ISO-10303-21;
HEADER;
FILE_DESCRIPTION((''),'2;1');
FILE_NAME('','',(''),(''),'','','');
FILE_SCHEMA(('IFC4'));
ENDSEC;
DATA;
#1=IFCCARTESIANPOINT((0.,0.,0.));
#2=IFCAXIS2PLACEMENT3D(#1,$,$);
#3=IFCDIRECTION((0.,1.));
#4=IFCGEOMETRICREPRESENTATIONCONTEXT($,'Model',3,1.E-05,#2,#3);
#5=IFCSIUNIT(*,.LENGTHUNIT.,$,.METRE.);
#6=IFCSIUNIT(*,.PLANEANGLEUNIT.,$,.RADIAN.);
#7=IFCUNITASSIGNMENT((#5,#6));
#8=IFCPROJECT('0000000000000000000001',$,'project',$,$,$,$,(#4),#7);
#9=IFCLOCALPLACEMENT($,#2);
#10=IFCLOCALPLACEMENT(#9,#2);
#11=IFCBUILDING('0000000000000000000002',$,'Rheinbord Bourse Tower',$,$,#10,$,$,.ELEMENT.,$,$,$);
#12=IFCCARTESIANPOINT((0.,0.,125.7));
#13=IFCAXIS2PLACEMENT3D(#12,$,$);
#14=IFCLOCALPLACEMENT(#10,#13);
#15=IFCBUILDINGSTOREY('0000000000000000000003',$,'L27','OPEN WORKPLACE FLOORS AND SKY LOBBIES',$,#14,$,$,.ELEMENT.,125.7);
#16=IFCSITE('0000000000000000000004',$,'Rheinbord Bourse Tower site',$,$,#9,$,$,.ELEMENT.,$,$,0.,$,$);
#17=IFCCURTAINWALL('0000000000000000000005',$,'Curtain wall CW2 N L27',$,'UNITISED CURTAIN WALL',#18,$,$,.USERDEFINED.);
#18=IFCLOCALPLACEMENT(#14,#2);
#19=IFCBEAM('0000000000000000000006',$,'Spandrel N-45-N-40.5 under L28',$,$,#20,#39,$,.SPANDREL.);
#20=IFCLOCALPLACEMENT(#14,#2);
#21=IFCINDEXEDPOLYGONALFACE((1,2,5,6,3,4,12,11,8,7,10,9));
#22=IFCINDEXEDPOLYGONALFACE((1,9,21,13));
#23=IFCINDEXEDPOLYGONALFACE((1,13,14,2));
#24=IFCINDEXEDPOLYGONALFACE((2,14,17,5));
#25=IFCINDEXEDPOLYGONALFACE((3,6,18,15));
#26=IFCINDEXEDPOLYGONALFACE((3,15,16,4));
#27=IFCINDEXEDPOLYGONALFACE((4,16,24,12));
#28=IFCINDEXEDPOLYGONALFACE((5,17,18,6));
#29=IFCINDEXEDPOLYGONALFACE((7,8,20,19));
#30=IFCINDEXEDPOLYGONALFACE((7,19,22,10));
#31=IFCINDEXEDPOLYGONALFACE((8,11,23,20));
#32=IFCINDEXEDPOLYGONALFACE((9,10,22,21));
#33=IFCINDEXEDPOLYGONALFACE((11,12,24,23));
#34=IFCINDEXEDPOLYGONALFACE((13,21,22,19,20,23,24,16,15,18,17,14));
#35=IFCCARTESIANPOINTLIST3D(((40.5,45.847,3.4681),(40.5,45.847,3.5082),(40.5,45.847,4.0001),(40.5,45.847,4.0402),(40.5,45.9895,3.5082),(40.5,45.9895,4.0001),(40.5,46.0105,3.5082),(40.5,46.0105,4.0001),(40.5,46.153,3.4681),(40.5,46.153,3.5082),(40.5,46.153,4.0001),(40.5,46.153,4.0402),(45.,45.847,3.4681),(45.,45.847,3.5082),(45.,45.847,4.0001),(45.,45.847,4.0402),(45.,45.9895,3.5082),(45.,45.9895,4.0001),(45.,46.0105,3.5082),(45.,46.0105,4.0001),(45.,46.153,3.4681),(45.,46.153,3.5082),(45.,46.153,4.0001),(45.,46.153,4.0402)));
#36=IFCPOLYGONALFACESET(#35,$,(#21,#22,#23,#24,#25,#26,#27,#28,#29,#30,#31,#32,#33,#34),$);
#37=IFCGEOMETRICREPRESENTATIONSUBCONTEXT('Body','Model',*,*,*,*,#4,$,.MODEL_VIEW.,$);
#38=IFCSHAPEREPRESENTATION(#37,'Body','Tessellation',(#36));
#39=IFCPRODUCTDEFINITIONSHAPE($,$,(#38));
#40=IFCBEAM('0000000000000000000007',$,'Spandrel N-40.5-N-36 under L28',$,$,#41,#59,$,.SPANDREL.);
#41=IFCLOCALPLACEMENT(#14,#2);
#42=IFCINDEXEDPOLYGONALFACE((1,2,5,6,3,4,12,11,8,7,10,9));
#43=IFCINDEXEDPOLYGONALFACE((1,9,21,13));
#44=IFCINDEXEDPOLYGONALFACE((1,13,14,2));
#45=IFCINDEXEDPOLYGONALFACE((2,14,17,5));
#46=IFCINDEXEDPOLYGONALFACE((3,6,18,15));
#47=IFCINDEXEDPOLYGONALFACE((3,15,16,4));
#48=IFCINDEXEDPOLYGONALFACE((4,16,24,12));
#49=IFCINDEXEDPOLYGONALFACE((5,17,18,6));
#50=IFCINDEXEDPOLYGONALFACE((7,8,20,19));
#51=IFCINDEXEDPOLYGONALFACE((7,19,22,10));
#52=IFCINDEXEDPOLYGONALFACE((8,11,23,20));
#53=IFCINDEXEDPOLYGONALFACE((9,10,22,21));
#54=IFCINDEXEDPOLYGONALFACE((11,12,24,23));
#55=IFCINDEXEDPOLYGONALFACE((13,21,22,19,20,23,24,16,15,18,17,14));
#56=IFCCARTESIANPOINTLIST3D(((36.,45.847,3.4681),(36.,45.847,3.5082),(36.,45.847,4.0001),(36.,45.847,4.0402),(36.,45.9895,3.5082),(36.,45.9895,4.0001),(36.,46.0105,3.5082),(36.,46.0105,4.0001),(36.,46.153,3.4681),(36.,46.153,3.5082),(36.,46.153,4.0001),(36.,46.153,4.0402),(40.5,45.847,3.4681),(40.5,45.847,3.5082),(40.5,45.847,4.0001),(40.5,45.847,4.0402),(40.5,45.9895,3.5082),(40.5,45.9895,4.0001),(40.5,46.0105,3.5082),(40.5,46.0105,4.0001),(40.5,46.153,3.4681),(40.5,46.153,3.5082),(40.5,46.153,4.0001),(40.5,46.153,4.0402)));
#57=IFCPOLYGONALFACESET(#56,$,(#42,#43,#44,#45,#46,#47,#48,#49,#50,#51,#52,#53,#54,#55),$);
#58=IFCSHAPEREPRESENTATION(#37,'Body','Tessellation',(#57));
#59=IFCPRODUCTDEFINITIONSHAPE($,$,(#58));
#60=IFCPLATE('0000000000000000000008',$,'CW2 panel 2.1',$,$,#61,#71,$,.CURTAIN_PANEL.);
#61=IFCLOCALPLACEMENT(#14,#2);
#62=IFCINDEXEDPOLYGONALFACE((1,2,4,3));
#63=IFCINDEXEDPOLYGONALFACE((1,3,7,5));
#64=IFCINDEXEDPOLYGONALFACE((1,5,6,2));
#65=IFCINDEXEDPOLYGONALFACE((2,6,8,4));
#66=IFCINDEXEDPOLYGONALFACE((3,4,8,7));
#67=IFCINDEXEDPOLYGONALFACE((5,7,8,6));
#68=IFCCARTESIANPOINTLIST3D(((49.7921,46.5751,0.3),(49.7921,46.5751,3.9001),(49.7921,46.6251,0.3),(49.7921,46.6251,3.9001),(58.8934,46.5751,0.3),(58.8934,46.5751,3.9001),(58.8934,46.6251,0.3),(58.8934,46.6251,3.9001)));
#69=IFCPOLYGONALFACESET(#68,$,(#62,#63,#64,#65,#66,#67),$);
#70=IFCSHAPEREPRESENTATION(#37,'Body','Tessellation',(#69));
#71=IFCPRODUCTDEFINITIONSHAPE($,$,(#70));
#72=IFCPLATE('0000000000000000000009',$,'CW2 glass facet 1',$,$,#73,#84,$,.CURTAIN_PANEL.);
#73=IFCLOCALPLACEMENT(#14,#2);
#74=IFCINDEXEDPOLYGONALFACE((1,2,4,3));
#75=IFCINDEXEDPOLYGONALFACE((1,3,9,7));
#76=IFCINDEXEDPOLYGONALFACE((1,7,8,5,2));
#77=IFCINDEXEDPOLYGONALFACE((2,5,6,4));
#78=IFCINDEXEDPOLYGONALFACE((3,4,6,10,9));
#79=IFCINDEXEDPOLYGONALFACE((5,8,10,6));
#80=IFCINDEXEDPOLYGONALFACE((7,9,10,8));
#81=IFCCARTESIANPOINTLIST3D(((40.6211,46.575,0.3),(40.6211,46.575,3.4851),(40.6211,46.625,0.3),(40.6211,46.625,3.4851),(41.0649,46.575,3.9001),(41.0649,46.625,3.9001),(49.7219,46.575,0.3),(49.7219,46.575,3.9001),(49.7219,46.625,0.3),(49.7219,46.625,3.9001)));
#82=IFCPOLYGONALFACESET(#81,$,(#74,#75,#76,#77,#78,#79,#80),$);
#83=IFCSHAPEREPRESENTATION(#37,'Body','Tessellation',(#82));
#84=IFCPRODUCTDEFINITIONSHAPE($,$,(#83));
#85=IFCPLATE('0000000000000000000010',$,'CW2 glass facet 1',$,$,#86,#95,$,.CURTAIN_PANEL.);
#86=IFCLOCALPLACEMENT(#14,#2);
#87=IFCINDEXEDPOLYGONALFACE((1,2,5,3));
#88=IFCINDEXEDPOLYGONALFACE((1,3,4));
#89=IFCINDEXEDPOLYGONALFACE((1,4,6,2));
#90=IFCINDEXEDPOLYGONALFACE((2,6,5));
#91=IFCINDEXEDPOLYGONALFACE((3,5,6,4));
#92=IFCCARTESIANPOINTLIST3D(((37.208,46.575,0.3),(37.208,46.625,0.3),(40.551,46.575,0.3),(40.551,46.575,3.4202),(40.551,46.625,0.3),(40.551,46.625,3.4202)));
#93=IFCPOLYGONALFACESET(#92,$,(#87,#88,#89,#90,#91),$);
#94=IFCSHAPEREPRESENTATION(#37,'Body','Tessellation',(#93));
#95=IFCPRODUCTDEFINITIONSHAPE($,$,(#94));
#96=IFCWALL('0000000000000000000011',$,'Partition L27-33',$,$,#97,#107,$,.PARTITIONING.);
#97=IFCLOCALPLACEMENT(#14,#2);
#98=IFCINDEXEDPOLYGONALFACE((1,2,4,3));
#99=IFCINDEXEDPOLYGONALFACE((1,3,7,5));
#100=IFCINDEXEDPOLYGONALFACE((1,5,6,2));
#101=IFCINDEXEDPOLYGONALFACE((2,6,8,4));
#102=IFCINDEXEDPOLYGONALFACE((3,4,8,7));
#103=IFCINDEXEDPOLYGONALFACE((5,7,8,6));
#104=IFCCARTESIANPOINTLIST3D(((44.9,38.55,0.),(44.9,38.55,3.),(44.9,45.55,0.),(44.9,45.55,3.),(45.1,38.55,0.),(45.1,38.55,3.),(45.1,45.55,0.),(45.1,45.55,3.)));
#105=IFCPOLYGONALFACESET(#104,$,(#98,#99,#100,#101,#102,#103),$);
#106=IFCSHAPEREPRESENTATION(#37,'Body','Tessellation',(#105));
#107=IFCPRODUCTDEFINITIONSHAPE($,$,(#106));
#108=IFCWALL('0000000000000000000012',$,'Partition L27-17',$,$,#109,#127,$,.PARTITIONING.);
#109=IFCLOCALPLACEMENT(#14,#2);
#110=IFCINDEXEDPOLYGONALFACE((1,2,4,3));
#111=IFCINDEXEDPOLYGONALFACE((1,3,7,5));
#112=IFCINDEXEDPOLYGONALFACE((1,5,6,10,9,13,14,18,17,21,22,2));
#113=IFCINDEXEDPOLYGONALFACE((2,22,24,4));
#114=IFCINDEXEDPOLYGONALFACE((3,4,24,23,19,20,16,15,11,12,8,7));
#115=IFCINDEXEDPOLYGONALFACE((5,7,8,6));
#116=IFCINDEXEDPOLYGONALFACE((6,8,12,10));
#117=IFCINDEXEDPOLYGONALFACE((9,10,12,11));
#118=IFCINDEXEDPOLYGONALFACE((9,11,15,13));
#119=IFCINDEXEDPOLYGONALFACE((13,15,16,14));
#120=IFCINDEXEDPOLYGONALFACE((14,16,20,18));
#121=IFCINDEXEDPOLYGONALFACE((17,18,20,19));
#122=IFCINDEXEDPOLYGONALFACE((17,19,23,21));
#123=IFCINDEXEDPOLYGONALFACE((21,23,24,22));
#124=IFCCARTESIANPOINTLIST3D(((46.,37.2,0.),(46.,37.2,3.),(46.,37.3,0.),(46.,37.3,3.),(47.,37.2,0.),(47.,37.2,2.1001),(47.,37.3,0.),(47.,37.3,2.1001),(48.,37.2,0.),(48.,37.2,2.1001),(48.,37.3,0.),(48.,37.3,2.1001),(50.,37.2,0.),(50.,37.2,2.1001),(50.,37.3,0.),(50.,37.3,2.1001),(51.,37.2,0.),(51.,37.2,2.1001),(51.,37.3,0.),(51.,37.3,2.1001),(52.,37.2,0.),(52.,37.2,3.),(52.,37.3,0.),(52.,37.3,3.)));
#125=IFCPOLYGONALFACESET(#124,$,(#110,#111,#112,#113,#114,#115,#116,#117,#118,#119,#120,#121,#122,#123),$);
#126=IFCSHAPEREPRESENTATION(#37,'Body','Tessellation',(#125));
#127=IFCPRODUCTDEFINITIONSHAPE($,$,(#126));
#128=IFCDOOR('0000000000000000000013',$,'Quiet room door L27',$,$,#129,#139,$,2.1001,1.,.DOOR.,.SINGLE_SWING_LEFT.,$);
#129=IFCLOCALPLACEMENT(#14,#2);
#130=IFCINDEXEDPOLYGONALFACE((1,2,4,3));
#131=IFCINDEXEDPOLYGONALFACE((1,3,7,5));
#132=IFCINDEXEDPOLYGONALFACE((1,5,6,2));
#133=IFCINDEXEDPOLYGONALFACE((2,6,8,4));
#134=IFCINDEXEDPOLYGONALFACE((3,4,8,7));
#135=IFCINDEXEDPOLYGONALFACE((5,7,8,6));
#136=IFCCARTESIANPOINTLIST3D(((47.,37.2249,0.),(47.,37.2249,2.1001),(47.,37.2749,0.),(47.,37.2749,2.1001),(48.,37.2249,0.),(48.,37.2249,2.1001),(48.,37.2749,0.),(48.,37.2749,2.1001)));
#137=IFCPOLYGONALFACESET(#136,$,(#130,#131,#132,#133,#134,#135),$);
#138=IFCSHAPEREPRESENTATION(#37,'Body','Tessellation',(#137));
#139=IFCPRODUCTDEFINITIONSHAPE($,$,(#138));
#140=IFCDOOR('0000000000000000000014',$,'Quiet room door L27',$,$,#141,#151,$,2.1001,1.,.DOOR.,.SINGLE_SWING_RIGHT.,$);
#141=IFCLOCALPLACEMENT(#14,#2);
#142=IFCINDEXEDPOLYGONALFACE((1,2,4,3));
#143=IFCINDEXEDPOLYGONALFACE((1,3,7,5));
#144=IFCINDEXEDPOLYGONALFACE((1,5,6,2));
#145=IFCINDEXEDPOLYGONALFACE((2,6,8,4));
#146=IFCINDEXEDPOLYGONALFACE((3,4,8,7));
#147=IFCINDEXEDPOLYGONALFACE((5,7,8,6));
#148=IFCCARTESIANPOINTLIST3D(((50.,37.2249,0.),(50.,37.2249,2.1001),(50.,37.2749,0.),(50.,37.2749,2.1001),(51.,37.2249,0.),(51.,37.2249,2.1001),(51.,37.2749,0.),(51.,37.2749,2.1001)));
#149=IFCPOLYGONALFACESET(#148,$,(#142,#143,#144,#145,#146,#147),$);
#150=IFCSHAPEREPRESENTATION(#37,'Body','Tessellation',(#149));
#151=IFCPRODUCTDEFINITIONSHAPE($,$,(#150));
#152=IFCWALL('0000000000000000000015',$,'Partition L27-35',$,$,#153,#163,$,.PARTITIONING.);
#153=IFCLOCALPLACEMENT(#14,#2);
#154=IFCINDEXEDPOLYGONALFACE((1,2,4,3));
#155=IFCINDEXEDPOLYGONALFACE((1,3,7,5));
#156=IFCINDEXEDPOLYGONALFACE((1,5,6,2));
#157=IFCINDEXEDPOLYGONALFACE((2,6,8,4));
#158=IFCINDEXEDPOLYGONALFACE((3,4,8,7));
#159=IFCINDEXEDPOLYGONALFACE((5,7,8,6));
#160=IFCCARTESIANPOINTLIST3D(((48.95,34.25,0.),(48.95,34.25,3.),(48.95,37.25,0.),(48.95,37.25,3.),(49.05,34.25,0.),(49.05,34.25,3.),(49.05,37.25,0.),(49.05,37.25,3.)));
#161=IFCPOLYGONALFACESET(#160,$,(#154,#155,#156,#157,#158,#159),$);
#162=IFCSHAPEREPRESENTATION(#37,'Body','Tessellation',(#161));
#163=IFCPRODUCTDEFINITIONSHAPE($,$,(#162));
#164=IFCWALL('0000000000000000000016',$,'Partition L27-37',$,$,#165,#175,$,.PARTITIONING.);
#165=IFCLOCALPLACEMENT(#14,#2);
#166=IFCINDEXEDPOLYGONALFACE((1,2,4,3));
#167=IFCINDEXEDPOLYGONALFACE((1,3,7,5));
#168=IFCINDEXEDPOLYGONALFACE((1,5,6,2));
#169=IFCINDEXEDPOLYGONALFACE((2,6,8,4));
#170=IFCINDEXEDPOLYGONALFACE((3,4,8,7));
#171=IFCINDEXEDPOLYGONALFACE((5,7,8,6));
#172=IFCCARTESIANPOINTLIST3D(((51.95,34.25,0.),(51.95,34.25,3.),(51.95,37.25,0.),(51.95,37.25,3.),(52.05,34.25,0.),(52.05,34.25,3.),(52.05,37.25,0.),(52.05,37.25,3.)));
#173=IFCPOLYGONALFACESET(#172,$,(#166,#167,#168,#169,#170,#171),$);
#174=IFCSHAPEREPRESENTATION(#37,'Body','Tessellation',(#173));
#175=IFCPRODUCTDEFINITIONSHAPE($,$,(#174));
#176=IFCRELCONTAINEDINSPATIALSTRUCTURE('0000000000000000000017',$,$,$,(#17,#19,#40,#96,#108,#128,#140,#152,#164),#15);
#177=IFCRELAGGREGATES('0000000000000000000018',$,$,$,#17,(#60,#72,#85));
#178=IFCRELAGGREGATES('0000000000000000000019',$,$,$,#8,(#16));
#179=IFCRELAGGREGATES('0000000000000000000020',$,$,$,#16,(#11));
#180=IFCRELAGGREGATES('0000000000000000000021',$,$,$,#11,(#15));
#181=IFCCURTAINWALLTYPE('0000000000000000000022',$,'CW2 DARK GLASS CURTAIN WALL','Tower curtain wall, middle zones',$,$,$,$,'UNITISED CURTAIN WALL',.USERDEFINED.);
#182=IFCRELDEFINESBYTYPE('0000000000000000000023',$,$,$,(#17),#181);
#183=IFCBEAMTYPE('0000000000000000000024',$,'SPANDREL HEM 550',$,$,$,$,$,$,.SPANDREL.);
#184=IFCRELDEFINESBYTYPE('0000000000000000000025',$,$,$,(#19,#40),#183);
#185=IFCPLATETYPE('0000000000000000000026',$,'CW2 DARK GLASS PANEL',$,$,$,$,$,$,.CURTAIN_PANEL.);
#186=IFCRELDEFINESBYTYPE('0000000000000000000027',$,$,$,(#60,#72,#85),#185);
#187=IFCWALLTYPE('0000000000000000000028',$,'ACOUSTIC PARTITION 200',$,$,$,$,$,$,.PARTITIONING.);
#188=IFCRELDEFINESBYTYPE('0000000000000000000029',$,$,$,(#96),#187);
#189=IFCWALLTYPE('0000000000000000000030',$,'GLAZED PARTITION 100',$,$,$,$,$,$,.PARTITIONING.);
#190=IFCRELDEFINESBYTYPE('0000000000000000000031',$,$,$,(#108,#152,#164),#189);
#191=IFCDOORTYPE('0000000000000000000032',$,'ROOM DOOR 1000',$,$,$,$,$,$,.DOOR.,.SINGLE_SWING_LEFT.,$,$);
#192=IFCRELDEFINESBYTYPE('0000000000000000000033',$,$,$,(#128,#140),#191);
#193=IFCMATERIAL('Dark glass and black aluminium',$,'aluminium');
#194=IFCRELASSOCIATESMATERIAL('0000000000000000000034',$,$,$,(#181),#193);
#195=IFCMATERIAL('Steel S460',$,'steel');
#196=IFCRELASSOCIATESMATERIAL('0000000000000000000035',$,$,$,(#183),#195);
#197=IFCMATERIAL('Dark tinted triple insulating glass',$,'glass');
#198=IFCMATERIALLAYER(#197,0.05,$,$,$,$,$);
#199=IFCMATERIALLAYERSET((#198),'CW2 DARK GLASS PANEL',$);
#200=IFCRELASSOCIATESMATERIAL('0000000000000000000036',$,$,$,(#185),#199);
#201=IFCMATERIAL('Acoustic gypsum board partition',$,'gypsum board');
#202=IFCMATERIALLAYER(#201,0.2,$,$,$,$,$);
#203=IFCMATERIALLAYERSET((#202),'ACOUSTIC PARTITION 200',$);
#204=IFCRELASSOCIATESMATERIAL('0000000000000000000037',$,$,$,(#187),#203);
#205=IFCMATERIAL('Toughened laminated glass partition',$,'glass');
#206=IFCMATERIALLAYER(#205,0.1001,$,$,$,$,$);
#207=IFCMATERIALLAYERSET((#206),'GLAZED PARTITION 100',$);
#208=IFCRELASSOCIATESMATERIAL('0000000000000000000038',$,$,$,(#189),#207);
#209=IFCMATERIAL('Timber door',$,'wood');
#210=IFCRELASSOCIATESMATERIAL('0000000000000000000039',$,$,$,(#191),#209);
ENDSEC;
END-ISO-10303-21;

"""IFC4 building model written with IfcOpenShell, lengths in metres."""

from ifc_helpers import new_model, si_unit, direction, frame, frame_2d, origin, origin_2d, place, context, subcontext, project, spatial, polyline, rectangle, i_section, outline, extrude, material, layer, layer_set, material_profile, profile_set, type_object, element, fill, aggregate, save


model = new_model("IFC4")

# Units and contexts
model_context = context("Model", 3, precision=1e-05, world=origin(), true_north=direction((0.0, 1.0)))
body_context = subcontext(model_context, "Body", "Model", "MODEL_VIEW")
ifc_project = project(units=[si_unit("LENGTHUNIT", "METRE"), si_unit("PLANEANGLEUNIT", "RADIAN")], contexts=[model_context])

# Site, building, storey
site_placement = place(None, origin())
site = spatial("IfcSite", under=ifc_project, at=site_placement, Name="Rheinbord Bourse Tower site", CompositionType="ELEMENT", RefElevation=0.0)
building_placement = place(site_placement, origin())
building = spatial("IfcBuilding", under=site, at=building_placement, Name="Rheinbord Bourse Tower", CompositionType="ELEMENT")
storey_placement = place(building_placement, frame((0.0, 0.0, 125.7)))
storey = spatial("IfcBuildingStorey", under=building, at=storey_placement, Name="L27", Description="OPEN WORKPLACE FLOORS AND SKY LOBBIES", CompositionType="ELEMENT", Elevation=125.7)

# Curtain wall
ifc_material_1 = material(Name="Dark glass and black aluminium", Category="aluminium")
curtain_wall_type = type_object("IfcCurtainWallType", Name="CW2 DARK GLASS CURTAIN WALL", Description="Tower curtain wall, middle zones", ElementType="UNITISED CURTAIN WALL", PredefinedType="USERDEFINED", material=ifc_material_1)
curtain_wall_placement = place(storey_placement, origin())
curtain_wall = element("IfcCurtainWall", 1, at=curtain_wall_placement, inside=storey, type_object=curtain_wall_type, Name="Curtain wall CW2 N L27", ObjectType="UNITISED CURTAIN WALL", PredefinedType="USERDEFINED")

# Beams
ifc_material_2 = material(Name="Steel S460", Category="steel")
ifc_material_profile_1 = material_profile(ifc_material_2, i_section(OverallWidth=0.3059, OverallDepth=0.572, WebThickness=0.021, FlangeThickness=0.04, at=origin_2d()), Name="HEM 550")
ifc_profile_set_1 = profile_set([ifc_material_profile_1], Name="Steel S460")
beam_type_1 = type_object("IfcBeamType", Name="SPANDREL HEM 550", PredefinedType="SPANDREL", material=ifc_profile_set_1)
for number, where, z_axis, x_axis, name in (
    (2, (45.0, 46.0, 3.7542), (-1.0, 0.0, 0.0), (0.0, -1.0, 0.0), "Spandrel N-45-N-40.5 under L28"),
    (3, (40.5, 46.0, 3.7542), (-1.0, 0.0, 0.0), (0.0, -1.0, 0.0), "Spandrel N-40.5-N-36 under L28"),
):
    element("IfcBeam", number, at=place(storey_placement, frame(where, z_axis=z_axis, x_axis=x_axis)), inside=storey, type_object=beam_type_1, Name=name, PredefinedType="SPANDREL", context=body_context, shape_type="SweptSolid", body=[
        extrude(i_section(OverallWidth=0.3059, OverallDepth=0.572, WebThickness=0.021, FlangeThickness=0.04, at=origin_2d()), origin(), (0.0, 0.0, 1.0), 4.5),
    ])

# Plates
ifc_material_3 = material(Name="Dark tinted triple insulating glass", Category="glass")
ifc_layer_1 = layer(ifc_material_3, 0.05)
ifc_layer_set_1 = layer_set([ifc_layer_1], Name="CW2 DARK GLASS PANEL")
plate_type = type_object("IfcPlateType", Name="CW2 DARK GLASS PANEL", PredefinedType="CURTAIN_PANEL", material=ifc_layer_set_1)
plate_1_placement = place(storey_placement, frame((54.3428, 46.6001, 0.3), z_axis=(0.0, 0.0, 1.0), x_axis=(-1.0, 0.0, 0.0)))
plate_1 = element("IfcPlate", 4, at=plate_1_placement, type_object=plate_type, Name="CW2 panel 2.1", PredefinedType="CURTAIN_PANEL", context=body_context, shape_type="SweptSolid", body=[
    extrude(rectangle(XDim=9.1013, YDim=0.05, at=origin_2d()), origin(), (0.0, 0.0, 1.0), 3.6001),
])
plate_2_placement = place(storey_placement, frame((40.6211, 46.625, 0.3), z_axis=(0.0, -1.0, 0.0), x_axis=(1.0, 0.0, 0.0)))
plate_2 = element("IfcPlate", 5, at=plate_2_placement, type_object=plate_type, Name="CW2 glass facet 1", PredefinedType="CURTAIN_PANEL", context=body_context, shape_type="SweptSolid", body=[
    extrude(outline(polyline([(0.0, 0.0), (9.1008, 0.0), (9.1008, 3.6001), (0.4438, 3.6001), (0.0, 3.1851), (0.0, 0.0)])), origin(), (0.0, 0.0, 1.0), 0.05),
])
plate_3_placement = place(storey_placement, frame((40.551, 46.625, 0.3), z_axis=(0.0, -1.0, 0.0), x_axis=(0.0, 0.0, 1.0)))
plate_3 = element("IfcPlate", 6, at=plate_3_placement, type_object=plate_type, Name="CW2 glass facet 1", PredefinedType="CURTAIN_PANEL", context=body_context, shape_type="SweptSolid", body=[
    extrude(outline(polyline([(0.0, 0.0), (3.1201, 0.0), (0.0, 3.343), (0.0, 0.0)])), origin(), (0.0, 0.0, 1.0), 0.05),
])
aggregate(curtain_wall, [plate_1, plate_2, plate_3])

# Wall
ifc_material_4 = material(Name="Acoustic gypsum board partition", Category="gypsum board")
ifc_layer_2 = layer(ifc_material_4, 0.2)
ifc_layer_set_2 = layer_set([ifc_layer_2], Name="ACOUSTIC PARTITION 200")
wall_type_1 = type_object("IfcWallType", Name="ACOUSTIC PARTITION 200", PredefinedType="PARTITIONING", material=ifc_layer_set_2)
wall_1_placement = place(storey_placement, frame((45.0, 38.55, 0.0), z_axis=(0.0, 0.0, 1.0), x_axis=(0.0, 1.0, 0.0)))
element("IfcWall", 7, at=wall_1_placement, inside=storey, type_object=wall_type_1, Name="Partition L27-33", PredefinedType="PARTITIONING", context=body_context, shape_type="SweptSolid", body=[
    extrude(rectangle(XDim=7.0, YDim=0.2, at=frame_2d((3.5, 0.0))), origin(), (0.0, 0.0, 1.0), 3.0),
])

# Wall, openings, doors
ifc_material_5 = material(Name="Toughened laminated glass partition", Category="glass")
ifc_layer_3 = layer(ifc_material_5, 0.1001)
ifc_layer_set_3 = layer_set([ifc_layer_3], Name="GLAZED PARTITION 100")
wall_type_2 = type_object("IfcWallType", Name="GLAZED PARTITION 100", PredefinedType="PARTITIONING", material=ifc_layer_set_3)
wall_2_placement = place(storey_placement, frame((46.0, 37.25, 0.0), z_axis=(0.0, 0.0, 1.0), x_axis=(1.0, 0.0, 0.0)))
wall_2 = element("IfcWall", 8, at=wall_2_placement, inside=storey, type_object=wall_type_2, Name="Partition L27-17", PredefinedType="PARTITIONING", context=body_context, shape_type="SweptSolid", body=[
    extrude(rectangle(XDim=6.0, YDim=0.1001, at=frame_2d((3.0, 0.0))), origin(), (0.0, 0.0, 1.0), 3.0),
])
opening_1_placement = place(wall_2_placement, frame((1.0, 0.0, 0.0)))
opening_1 = element("IfcOpeningElement", 9, at=opening_1_placement, cuts=wall_2, PredefinedType="OPENING", context=body_context, shape_type="SweptSolid", body=[
    extrude(rectangle(XDim=1.0, YDim=2.1001, at=frame_2d((0.5, 1.05))), frame((0.0, 0.0601, 0.0), z_axis=(0.0, -1.0, 0.0), x_axis=(1.0, 0.0, 0.0)), (0.0, 0.0, 1.0), 0.1201),
])
opening_2_placement = place(wall_2_placement, frame((4.0, 0.0, 0.0)))
opening_2 = element("IfcOpeningElement", 10, at=opening_2_placement, cuts=wall_2, PredefinedType="OPENING", context=body_context, shape_type="SweptSolid", body=[
    extrude(rectangle(XDim=1.0, YDim=2.1001, at=frame_2d((0.5, 1.05))), frame((0.0, 0.0601, 0.0), z_axis=(0.0, -1.0, 0.0), x_axis=(1.0, 0.0, 0.0)), (0.0, 0.0, 1.0), 0.1201),
])
ifc_material_6 = material(Name="Timber door", Category="wood")
door_type_1 = type_object("IfcDoorType", Name="ROOM DOOR 1000", OperationType="SINGLE_SWING_LEFT", PredefinedType="DOOR", material=ifc_material_6)
door_1_placement = place(opening_1_placement, origin())
door_1 = element("IfcDoor", 11, at=door_1_placement, inside=storey, type_object=door_type_1, Name="Quiet room door L27", OperationType="SINGLE_SWING_LEFT", OverallHeight=2.1001, OverallWidth=1.0, PredefinedType="DOOR", context=body_context, shape_type="SweptSolid", body=[
    extrude(rectangle(XDim=1.0, YDim=2.1001, at=frame_2d((0.5, 1.05))), frame((0.0, 0.0249, 0.0), z_axis=(0.0, -1.0, 0.0), x_axis=(1.0, 0.0, 0.0)), (0.0, 0.0, 1.0), 0.05),
])
fill(opening_1, door_1)
door_2_placement = place(opening_2_placement, origin())
door_2 = element("IfcDoor", 12, at=door_2_placement, inside=storey, type_object=door_type_1, Name="Quiet room door L27", OperationType="SINGLE_SWING_RIGHT", OverallHeight=2.1001, OverallWidth=1.0, PredefinedType="DOOR", context=body_context, shape_type="SweptSolid", body=[
    extrude(rectangle(XDim=1.0, YDim=2.1001, at=frame_2d((0.5, 1.05))), frame((0.0, 0.0249, 0.0), z_axis=(0.0, -1.0, 0.0), x_axis=(1.0, 0.0, 0.0)), (0.0, 0.0, 1.0), 0.05),
])
fill(opening_2, door_2)

# Walls
for number, where, z_axis, x_axis, name in (
    (13, (49.0, 34.25, 0.0), (0.0, 0.0, 1.0), (0.0, 1.0, 0.0), "Partition L27-35"),
    (14, (52.0, 34.25, 0.0), (0.0, 0.0, 1.0), (0.0, 1.0, 0.0), "Partition L27-37"),
):
    element("IfcWall", number, at=place(storey_placement, frame(where, z_axis=z_axis, x_axis=x_axis)), inside=storey, type_object=wall_type_2, Name=name, PredefinedType="PARTITIONING", context=body_context, shape_type="SweptSolid", body=[
        extrude(rectangle(XDim=3.0, YDim=0.1001, at=frame_2d((1.5, 0.0))), origin(), (0.0, 0.0, 1.0), 3.0),
    ])

save(model, "model.ifc")
